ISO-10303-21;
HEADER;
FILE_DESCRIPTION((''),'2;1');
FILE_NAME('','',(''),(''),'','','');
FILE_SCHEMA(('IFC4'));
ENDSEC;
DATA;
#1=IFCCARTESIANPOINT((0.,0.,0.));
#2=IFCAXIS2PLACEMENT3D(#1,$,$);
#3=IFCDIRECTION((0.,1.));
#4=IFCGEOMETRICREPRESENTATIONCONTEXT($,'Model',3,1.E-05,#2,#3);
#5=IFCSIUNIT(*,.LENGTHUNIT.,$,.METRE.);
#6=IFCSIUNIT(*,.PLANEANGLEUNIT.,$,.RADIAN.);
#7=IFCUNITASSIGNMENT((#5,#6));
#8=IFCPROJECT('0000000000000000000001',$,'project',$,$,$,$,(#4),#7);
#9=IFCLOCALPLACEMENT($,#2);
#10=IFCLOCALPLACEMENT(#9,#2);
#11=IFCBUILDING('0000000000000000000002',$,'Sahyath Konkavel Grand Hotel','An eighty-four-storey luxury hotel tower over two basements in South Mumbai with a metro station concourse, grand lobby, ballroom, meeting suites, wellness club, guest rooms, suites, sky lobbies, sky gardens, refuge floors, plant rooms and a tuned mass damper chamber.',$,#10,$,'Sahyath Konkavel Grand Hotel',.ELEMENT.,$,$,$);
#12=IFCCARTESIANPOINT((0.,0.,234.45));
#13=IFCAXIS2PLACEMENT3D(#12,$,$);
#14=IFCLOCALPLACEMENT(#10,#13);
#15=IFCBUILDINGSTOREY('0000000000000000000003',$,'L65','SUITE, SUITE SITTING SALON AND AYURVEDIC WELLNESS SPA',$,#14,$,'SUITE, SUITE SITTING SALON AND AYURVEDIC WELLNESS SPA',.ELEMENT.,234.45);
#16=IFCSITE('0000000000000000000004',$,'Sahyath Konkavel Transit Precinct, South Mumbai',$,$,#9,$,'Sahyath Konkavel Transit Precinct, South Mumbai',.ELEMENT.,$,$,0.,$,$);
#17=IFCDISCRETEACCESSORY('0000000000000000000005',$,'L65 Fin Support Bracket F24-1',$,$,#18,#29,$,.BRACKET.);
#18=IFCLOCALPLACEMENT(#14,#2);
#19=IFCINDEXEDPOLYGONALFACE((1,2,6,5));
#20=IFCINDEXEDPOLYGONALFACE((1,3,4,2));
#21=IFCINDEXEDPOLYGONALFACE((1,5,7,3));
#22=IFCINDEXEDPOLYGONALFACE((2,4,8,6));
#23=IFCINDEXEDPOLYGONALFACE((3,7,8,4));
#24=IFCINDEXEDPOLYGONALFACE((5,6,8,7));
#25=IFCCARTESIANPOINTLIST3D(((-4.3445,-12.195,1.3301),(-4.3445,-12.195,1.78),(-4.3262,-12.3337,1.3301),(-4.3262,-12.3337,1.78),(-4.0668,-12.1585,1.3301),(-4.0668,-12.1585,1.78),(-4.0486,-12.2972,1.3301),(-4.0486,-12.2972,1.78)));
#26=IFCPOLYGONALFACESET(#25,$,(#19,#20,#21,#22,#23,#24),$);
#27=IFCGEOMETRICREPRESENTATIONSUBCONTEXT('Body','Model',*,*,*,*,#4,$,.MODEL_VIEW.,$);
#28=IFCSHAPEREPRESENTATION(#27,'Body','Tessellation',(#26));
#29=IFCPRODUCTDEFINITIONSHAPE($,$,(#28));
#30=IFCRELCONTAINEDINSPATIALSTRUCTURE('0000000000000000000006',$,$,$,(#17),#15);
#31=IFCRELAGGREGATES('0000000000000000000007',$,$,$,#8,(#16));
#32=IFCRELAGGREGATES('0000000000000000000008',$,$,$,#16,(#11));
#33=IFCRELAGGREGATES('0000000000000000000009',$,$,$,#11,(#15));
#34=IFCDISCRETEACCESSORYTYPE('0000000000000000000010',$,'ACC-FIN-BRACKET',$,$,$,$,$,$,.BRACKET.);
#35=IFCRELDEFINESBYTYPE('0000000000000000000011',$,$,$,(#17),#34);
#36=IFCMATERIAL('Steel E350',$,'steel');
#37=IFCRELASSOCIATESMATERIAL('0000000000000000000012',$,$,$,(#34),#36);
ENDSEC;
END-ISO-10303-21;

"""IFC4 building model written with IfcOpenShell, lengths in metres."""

from ifc_helpers import new_model, si_unit, direction, frame, origin, origin_2d, place, context, subcontext, project, spatial, rectangle, extrude, source, transform, mapped, material, type_object, element, save


model = new_model("IFC4")

# Units and contexts
model_context = context("Model", 3, precision=1e-05, world=origin(), true_north=direction((0.0, 1.0)))
body_context = subcontext(model_context, "Body", "Model", "MODEL_VIEW")
ifc_project = project(units=[si_unit("LENGTHUNIT", "METRE"), si_unit("PLANEANGLEUNIT", "RADIAN")], contexts=[model_context])

# Site, building, storey
site_placement = place(None, origin())
site = spatial("IfcSite", under=ifc_project, at=site_placement, Name="Sahyath Konkavel Transit Precinct, South Mumbai", LongName="Sahyath Konkavel Transit Precinct, South Mumbai", CompositionType="ELEMENT", RefElevation=0.0)
building_placement = place(site_placement, origin())
building = spatial("IfcBuilding", under=site, at=building_placement, Name="Sahyath Konkavel Grand Hotel", Description="An eighty-four-storey luxury hotel tower over two basements in South Mumbai with a metro station concourse, grand lobby, ballroom, meeting suites, wellness club, guest rooms, suites, sky lobbies, sky gardens, refuge floors, plant rooms and a tuned mass damper chamber.", LongName="Sahyath Konkavel Grand Hotel", CompositionType="ELEMENT")
storey_placement = place(building_placement, frame((0.0, 0.0, 234.45)))
storey = spatial("IfcBuildingStorey", under=building, at=storey_placement, Name="L65", Description="SUITE, SUITE SITTING SALON AND AYURVEDIC WELLNESS SPA", LongName="SUITE, SUITE SITTING SALON AND AYURVEDIC WELLNESS SPA", CompositionType="ELEMENT", Elevation=234.45)

# Shared definitions
ifc_material_1 = material(Name="Steel E350", Category="steel")

# Discrete accessory
discrete_accessory_type = type_object("IfcDiscreteAccessoryType", Name="ACC-FIN-BRACKET", PredefinedType="BRACKET", material=ifc_material_1)
shared_shape_1 = source(origin(), body_context, "Body", "SweptSolid", [
    extrude(rectangle(XDim=0.28, YDim=0.1399, at=origin_2d()), origin(), (0.0, 0.0, 1.0), 0.45),
])
discrete_accessory_placement = place(storey_placement, frame((-4.1965, -12.2461, 1.3301), z_axis=(0.0, 0.0, 1.0), x_axis=(-0.991445, -0.130526, 0.0)))
element("IfcDiscreteAccessory", 1, at=discrete_accessory_placement, inside=storey, type_object=discrete_accessory_type, Name="L65 Fin Support Bracket F24-1", PredefinedType="BRACKET", context=body_context, shape_type="MappedRepresentation", body=[
    mapped(shared_shape_1, transform((0.0, 0.0, 0.0), scale=1.0)),
])

save(model, "model.ifc")
